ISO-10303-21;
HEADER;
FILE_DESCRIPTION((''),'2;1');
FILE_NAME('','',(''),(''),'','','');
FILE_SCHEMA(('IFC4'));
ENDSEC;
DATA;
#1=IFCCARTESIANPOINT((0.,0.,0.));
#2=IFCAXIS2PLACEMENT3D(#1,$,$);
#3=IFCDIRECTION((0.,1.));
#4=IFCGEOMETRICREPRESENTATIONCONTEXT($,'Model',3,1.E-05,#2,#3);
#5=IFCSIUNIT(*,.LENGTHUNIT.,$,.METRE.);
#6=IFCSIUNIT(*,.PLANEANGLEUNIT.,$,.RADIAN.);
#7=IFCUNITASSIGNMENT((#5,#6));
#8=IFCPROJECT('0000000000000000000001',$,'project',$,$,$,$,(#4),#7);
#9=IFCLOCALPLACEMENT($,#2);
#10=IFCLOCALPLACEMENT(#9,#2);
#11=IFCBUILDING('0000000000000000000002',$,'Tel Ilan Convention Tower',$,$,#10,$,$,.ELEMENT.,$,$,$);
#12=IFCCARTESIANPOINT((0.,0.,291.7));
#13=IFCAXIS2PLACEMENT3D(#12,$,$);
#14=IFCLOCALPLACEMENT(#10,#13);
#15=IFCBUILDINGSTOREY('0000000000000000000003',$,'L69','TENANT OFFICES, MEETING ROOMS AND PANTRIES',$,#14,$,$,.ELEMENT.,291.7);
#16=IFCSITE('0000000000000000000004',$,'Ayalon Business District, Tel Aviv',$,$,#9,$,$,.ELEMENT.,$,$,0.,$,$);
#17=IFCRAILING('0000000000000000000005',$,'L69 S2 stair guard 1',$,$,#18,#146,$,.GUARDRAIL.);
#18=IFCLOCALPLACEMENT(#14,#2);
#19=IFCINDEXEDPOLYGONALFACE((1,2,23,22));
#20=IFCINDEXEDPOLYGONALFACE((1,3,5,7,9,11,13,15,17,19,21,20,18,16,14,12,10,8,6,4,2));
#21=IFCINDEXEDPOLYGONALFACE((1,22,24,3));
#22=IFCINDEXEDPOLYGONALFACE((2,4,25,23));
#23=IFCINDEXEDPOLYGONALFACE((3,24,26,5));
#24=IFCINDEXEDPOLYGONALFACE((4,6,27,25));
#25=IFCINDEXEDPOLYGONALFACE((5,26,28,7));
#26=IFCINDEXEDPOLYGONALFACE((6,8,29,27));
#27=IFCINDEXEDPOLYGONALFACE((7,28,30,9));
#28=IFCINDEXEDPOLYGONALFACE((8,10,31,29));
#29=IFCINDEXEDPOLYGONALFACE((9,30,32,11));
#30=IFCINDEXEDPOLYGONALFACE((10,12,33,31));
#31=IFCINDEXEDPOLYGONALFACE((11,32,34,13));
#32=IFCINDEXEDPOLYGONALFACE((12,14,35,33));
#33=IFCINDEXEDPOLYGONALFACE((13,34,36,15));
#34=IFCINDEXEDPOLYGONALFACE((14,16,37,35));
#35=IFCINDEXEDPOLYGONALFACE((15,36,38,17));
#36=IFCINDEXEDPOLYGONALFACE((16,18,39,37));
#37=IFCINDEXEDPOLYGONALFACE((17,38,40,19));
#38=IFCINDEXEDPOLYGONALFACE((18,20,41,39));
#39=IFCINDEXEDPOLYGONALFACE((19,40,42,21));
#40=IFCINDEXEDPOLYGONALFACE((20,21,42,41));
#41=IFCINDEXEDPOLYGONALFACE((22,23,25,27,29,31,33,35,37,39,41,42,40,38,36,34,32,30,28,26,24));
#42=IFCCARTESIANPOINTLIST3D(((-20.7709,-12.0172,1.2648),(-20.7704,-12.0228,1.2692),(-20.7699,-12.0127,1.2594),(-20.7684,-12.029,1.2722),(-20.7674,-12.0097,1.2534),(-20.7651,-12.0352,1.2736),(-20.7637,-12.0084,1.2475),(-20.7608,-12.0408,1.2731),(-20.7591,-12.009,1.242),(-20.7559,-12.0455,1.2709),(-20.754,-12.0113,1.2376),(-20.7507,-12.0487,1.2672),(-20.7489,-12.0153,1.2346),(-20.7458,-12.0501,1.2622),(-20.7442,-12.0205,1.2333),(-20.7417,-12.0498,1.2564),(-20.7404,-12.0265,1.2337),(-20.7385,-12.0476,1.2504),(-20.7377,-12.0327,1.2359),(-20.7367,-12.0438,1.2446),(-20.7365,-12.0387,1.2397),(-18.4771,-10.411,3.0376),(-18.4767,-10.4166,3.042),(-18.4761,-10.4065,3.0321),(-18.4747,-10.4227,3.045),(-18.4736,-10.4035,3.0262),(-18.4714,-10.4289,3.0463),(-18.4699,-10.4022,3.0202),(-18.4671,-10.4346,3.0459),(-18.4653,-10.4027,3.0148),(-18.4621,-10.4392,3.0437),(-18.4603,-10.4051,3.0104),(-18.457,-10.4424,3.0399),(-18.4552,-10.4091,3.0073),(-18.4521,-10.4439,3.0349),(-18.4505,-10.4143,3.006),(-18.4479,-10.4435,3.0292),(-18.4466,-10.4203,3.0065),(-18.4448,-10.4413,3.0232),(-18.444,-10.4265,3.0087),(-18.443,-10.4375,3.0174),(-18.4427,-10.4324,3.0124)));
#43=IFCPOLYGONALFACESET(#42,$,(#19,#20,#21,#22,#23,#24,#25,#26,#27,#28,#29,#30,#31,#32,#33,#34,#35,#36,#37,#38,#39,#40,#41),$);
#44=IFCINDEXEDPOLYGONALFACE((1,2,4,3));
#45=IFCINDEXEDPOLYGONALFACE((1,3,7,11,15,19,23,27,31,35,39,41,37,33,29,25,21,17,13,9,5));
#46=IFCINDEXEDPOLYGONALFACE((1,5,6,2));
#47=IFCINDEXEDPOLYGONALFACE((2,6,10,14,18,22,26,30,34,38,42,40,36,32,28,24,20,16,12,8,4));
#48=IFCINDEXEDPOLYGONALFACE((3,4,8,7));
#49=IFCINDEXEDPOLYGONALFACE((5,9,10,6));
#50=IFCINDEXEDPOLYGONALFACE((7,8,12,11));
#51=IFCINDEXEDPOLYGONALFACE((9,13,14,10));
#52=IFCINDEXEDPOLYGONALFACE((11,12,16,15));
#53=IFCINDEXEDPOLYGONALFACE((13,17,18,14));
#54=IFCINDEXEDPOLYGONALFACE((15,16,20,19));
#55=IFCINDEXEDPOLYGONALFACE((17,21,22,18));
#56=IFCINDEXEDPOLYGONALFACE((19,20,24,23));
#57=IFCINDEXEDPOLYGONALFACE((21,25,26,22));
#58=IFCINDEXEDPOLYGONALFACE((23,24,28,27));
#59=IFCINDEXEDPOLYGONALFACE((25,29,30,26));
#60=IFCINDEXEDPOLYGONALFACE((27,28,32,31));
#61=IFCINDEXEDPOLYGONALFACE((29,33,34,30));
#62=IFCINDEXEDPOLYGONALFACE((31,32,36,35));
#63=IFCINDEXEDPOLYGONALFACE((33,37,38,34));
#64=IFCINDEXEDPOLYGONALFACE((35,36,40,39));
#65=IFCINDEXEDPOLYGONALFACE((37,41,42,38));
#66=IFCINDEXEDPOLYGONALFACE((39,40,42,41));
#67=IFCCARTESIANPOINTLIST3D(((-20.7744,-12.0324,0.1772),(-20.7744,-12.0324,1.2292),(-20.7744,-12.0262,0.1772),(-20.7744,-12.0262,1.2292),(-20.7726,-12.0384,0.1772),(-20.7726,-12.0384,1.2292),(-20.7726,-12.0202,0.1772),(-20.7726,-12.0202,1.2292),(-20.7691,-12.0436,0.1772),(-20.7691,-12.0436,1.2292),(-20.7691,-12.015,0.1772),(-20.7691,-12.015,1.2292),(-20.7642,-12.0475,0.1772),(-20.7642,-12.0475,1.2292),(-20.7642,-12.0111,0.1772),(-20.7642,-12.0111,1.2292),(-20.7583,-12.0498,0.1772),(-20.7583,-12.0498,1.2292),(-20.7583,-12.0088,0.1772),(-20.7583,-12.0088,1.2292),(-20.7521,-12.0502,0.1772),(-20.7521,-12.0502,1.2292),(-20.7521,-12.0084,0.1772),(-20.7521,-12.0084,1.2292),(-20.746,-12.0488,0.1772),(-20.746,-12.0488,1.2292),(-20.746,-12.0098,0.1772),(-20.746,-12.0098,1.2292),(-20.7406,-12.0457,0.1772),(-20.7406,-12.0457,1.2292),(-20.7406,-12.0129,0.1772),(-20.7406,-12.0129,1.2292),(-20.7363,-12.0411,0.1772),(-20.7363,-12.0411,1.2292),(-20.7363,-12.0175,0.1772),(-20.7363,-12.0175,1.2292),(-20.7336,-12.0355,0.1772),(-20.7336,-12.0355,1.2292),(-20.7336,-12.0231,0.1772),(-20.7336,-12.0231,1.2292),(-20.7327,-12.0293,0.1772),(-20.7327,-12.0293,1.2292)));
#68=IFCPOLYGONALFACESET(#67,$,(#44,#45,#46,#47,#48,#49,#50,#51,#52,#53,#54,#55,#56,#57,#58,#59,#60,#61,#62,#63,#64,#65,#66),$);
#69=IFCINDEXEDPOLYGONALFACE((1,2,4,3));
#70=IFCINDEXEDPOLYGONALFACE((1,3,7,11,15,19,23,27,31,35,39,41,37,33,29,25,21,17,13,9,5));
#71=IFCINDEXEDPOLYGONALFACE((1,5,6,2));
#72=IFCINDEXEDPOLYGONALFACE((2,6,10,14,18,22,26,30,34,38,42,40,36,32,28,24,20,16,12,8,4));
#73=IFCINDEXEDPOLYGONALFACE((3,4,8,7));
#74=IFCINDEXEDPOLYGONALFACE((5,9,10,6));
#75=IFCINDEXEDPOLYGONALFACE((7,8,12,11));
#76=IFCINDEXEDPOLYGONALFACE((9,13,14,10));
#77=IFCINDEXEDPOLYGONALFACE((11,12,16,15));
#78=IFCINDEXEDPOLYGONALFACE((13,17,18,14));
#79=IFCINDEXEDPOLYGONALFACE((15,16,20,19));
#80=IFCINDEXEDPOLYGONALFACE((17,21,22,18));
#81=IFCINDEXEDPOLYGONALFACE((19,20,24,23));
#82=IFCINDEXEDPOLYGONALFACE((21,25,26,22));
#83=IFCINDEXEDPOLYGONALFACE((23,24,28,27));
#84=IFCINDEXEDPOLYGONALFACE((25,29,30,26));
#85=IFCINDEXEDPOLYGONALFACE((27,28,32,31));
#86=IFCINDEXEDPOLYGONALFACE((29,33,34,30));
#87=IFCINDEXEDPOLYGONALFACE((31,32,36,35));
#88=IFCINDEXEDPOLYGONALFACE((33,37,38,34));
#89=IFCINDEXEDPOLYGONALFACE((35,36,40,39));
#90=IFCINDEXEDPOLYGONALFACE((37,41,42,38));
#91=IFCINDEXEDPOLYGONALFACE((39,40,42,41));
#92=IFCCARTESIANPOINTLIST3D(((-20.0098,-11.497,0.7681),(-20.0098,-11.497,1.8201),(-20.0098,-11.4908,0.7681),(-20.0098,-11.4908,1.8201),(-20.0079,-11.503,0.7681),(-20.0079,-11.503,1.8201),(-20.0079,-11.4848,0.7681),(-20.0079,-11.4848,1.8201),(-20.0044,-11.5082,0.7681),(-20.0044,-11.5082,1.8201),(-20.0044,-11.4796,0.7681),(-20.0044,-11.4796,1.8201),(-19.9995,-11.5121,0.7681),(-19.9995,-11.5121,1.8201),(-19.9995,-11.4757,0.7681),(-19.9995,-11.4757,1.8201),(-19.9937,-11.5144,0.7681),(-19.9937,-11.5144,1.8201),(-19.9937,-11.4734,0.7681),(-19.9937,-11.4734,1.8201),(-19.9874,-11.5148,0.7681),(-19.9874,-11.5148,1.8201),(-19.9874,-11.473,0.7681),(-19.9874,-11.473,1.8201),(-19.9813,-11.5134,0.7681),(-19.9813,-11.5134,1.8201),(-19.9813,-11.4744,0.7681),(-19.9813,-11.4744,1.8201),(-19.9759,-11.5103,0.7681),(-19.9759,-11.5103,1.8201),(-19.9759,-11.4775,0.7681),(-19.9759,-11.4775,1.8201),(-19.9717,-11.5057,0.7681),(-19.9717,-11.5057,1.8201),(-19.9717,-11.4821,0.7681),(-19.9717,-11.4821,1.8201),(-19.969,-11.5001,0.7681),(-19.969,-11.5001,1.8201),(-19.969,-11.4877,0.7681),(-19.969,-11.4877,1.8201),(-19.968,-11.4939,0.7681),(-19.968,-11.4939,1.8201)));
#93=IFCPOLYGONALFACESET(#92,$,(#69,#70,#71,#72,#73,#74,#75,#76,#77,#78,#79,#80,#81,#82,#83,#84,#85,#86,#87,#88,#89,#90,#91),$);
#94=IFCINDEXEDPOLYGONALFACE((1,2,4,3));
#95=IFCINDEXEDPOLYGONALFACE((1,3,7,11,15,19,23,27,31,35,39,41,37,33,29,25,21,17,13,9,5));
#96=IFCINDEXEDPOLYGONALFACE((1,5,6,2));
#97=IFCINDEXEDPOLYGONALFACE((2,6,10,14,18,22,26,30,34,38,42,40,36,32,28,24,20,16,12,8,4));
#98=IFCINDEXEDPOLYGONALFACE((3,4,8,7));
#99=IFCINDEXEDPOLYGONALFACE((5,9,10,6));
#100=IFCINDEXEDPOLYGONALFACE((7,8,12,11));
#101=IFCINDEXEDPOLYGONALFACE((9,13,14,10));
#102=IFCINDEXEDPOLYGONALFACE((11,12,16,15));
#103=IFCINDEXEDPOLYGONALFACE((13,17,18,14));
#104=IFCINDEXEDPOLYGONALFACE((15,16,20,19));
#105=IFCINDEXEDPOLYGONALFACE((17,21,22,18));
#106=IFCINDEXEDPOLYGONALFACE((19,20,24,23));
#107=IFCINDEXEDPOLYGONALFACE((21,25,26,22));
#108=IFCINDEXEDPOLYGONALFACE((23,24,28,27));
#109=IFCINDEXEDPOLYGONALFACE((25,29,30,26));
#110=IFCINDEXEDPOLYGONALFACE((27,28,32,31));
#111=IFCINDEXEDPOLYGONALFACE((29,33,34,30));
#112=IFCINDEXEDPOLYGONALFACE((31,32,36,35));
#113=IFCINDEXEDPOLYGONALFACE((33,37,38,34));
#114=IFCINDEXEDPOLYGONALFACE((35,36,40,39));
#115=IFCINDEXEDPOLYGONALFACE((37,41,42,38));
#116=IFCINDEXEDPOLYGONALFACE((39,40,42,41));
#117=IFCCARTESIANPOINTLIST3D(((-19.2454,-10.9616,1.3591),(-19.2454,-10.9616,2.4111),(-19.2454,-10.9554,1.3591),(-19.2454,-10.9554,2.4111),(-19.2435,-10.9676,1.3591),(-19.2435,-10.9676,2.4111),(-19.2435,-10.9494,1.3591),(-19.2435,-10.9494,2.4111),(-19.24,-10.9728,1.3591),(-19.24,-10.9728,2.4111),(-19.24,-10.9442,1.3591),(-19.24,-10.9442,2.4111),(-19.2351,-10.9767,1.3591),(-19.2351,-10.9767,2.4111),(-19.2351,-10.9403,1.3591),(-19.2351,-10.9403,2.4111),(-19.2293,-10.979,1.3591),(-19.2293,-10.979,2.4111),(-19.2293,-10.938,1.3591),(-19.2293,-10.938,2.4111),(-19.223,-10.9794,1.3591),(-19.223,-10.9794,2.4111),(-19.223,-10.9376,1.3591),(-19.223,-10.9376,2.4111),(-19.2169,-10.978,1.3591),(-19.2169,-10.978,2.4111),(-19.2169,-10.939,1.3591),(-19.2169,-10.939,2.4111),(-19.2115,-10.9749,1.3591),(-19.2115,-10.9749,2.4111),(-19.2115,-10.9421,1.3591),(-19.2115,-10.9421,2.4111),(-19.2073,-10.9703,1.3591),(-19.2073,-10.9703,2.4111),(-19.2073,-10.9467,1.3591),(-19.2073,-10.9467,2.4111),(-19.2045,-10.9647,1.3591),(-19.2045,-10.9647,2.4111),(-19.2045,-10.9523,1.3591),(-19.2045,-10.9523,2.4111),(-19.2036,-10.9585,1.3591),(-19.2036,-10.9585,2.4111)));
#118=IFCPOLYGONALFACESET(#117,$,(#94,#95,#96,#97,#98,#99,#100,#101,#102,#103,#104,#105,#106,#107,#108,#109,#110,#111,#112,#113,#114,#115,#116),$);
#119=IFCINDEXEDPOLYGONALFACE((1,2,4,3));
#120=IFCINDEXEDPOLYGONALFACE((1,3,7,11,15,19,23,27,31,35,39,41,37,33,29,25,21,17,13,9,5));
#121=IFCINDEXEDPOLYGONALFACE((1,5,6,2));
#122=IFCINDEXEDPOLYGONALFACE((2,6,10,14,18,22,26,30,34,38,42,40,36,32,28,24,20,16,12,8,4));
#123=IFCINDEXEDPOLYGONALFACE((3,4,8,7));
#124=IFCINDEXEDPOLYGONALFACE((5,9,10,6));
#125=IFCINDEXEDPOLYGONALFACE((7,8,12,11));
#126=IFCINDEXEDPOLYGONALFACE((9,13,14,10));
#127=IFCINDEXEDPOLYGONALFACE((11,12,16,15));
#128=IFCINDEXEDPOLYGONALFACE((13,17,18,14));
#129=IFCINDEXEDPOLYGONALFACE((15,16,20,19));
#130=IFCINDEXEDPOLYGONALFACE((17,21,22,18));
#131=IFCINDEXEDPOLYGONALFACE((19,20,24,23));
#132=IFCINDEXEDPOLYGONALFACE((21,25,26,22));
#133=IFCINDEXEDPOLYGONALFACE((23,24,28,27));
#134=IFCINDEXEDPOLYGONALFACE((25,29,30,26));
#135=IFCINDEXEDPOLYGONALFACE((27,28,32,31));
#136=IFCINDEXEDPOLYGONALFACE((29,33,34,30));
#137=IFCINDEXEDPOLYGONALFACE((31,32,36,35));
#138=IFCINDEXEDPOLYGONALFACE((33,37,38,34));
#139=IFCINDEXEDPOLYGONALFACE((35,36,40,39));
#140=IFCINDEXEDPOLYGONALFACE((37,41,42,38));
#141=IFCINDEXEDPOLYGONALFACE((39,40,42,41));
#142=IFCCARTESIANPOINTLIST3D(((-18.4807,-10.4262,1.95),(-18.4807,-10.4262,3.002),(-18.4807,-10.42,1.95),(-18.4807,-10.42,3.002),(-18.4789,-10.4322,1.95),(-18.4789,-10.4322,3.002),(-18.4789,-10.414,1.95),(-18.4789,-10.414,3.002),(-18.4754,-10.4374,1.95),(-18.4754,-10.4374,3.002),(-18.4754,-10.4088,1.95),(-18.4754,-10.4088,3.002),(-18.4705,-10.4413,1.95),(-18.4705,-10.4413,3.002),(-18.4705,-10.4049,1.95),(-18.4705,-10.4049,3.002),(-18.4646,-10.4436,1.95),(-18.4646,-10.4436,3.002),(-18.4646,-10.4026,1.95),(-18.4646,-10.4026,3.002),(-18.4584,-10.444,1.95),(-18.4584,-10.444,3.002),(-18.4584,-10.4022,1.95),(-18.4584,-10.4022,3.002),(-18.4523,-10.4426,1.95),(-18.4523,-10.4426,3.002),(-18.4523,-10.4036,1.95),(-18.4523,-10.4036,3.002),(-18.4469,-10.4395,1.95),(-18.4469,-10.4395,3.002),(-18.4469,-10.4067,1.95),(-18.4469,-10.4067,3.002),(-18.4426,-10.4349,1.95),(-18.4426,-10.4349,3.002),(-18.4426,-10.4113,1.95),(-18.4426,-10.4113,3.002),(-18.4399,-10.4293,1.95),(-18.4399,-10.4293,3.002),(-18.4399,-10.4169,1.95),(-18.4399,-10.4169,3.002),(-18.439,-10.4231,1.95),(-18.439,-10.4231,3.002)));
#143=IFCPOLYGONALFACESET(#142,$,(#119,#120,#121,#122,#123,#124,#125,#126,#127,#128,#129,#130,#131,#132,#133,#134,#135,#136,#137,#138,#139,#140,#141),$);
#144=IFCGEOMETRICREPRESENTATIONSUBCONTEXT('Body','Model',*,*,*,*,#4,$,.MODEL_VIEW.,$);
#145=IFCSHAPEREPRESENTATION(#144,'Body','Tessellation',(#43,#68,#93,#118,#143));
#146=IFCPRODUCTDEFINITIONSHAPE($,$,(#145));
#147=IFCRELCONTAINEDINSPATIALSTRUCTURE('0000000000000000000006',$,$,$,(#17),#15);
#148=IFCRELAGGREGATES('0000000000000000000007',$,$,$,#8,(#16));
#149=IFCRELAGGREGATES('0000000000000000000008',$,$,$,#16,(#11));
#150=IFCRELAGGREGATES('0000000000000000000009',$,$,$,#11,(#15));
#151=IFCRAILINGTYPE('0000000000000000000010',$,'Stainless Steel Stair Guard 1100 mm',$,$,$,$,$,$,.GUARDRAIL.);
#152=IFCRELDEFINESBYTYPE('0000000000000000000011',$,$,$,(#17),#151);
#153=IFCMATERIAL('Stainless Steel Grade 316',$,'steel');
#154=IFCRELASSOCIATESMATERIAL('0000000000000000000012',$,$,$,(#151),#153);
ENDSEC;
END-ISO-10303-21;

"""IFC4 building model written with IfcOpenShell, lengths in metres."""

from ifc_helpers import new_model, si_unit, direction, frame, origin, origin_2d, place, context, subcontext, project, spatial, circle, extrude, material, type_object, element, save


model = new_model("IFC4")

# Units and contexts
model_context = context("Model", 3, precision=1e-05, world=origin(), true_north=direction((0.0, 1.0)))
body_context = subcontext(model_context, "Body", "Model", "MODEL_VIEW")
ifc_project = project(units=[si_unit("LENGTHUNIT", "METRE"), si_unit("PLANEANGLEUNIT", "RADIAN")], contexts=[model_context])

# Site, building, storey
site_placement = place(None, origin())
site = spatial("IfcSite", under=ifc_project, at=site_placement, Name="Ayalon Business District, Tel Aviv", CompositionType="ELEMENT", RefElevation=0.0)
building_placement = place(site_placement, origin())
building = spatial("IfcBuilding", under=site, at=building_placement, Name="Tel Ilan Convention Tower", CompositionType="ELEMENT")
storey_placement = place(building_placement, frame((0.0, 0.0, 291.7)))
storey = spatial("IfcBuildingStorey", under=building, at=storey_placement, Name="L69", Description="TENANT OFFICES, MEETING ROOMS AND PANTRIES", CompositionType="ELEMENT", Elevation=291.7)

# Railing
ifc_material_1 = material(Name="Stainless Steel Grade 316", Category="steel")
railing_type_1 = type_object("IfcRailingType", Name="Stainless Steel Stair Guard 1100 mm", PredefinedType="GUARDRAIL", material=ifc_material_1)
railing_1_placement = place(storey_placement, frame((-20.7537, -12.0293, 0.1772)))
element("IfcRailing", 1, at=railing_1_placement, inside=storey, type_object=railing_type_1, Name="L69 S2 stair guard 1", PredefinedType="GUARDRAIL", context=body_context, shape_type="SweptSolid", body=[
    extrude(circle(Radius=0.0239, at=origin_2d()), frame((0.0, 0.0, 1.0762), z_axis=(0.692098, 0.484653, 0.534894), x_axis=(-0.573609, 0.81913, 0.0)), (0.0, 0.0, 1.0), 3.3142),
    extrude(circle(Radius=0.021, at=origin_2d()), origin(), (0.0, 0.0, 1.0), 1.052),
    extrude(circle(Radius=0.021, at=origin_2d()), frame((0.7646, 0.5354, 0.5908)), (0.0, 0.0, 1.0), 1.052),
    extrude(circle(Radius=0.021, at=origin_2d()), frame((1.5291, 1.0708, 1.1819)), (0.0, 0.0, 1.0), 1.052),
    extrude(circle(Radius=0.021, at=origin_2d()), frame((2.2937, 1.6062, 1.7727)), (0.0, 0.0, 1.0), 1.052),
])

save(model, "model.ifc")
